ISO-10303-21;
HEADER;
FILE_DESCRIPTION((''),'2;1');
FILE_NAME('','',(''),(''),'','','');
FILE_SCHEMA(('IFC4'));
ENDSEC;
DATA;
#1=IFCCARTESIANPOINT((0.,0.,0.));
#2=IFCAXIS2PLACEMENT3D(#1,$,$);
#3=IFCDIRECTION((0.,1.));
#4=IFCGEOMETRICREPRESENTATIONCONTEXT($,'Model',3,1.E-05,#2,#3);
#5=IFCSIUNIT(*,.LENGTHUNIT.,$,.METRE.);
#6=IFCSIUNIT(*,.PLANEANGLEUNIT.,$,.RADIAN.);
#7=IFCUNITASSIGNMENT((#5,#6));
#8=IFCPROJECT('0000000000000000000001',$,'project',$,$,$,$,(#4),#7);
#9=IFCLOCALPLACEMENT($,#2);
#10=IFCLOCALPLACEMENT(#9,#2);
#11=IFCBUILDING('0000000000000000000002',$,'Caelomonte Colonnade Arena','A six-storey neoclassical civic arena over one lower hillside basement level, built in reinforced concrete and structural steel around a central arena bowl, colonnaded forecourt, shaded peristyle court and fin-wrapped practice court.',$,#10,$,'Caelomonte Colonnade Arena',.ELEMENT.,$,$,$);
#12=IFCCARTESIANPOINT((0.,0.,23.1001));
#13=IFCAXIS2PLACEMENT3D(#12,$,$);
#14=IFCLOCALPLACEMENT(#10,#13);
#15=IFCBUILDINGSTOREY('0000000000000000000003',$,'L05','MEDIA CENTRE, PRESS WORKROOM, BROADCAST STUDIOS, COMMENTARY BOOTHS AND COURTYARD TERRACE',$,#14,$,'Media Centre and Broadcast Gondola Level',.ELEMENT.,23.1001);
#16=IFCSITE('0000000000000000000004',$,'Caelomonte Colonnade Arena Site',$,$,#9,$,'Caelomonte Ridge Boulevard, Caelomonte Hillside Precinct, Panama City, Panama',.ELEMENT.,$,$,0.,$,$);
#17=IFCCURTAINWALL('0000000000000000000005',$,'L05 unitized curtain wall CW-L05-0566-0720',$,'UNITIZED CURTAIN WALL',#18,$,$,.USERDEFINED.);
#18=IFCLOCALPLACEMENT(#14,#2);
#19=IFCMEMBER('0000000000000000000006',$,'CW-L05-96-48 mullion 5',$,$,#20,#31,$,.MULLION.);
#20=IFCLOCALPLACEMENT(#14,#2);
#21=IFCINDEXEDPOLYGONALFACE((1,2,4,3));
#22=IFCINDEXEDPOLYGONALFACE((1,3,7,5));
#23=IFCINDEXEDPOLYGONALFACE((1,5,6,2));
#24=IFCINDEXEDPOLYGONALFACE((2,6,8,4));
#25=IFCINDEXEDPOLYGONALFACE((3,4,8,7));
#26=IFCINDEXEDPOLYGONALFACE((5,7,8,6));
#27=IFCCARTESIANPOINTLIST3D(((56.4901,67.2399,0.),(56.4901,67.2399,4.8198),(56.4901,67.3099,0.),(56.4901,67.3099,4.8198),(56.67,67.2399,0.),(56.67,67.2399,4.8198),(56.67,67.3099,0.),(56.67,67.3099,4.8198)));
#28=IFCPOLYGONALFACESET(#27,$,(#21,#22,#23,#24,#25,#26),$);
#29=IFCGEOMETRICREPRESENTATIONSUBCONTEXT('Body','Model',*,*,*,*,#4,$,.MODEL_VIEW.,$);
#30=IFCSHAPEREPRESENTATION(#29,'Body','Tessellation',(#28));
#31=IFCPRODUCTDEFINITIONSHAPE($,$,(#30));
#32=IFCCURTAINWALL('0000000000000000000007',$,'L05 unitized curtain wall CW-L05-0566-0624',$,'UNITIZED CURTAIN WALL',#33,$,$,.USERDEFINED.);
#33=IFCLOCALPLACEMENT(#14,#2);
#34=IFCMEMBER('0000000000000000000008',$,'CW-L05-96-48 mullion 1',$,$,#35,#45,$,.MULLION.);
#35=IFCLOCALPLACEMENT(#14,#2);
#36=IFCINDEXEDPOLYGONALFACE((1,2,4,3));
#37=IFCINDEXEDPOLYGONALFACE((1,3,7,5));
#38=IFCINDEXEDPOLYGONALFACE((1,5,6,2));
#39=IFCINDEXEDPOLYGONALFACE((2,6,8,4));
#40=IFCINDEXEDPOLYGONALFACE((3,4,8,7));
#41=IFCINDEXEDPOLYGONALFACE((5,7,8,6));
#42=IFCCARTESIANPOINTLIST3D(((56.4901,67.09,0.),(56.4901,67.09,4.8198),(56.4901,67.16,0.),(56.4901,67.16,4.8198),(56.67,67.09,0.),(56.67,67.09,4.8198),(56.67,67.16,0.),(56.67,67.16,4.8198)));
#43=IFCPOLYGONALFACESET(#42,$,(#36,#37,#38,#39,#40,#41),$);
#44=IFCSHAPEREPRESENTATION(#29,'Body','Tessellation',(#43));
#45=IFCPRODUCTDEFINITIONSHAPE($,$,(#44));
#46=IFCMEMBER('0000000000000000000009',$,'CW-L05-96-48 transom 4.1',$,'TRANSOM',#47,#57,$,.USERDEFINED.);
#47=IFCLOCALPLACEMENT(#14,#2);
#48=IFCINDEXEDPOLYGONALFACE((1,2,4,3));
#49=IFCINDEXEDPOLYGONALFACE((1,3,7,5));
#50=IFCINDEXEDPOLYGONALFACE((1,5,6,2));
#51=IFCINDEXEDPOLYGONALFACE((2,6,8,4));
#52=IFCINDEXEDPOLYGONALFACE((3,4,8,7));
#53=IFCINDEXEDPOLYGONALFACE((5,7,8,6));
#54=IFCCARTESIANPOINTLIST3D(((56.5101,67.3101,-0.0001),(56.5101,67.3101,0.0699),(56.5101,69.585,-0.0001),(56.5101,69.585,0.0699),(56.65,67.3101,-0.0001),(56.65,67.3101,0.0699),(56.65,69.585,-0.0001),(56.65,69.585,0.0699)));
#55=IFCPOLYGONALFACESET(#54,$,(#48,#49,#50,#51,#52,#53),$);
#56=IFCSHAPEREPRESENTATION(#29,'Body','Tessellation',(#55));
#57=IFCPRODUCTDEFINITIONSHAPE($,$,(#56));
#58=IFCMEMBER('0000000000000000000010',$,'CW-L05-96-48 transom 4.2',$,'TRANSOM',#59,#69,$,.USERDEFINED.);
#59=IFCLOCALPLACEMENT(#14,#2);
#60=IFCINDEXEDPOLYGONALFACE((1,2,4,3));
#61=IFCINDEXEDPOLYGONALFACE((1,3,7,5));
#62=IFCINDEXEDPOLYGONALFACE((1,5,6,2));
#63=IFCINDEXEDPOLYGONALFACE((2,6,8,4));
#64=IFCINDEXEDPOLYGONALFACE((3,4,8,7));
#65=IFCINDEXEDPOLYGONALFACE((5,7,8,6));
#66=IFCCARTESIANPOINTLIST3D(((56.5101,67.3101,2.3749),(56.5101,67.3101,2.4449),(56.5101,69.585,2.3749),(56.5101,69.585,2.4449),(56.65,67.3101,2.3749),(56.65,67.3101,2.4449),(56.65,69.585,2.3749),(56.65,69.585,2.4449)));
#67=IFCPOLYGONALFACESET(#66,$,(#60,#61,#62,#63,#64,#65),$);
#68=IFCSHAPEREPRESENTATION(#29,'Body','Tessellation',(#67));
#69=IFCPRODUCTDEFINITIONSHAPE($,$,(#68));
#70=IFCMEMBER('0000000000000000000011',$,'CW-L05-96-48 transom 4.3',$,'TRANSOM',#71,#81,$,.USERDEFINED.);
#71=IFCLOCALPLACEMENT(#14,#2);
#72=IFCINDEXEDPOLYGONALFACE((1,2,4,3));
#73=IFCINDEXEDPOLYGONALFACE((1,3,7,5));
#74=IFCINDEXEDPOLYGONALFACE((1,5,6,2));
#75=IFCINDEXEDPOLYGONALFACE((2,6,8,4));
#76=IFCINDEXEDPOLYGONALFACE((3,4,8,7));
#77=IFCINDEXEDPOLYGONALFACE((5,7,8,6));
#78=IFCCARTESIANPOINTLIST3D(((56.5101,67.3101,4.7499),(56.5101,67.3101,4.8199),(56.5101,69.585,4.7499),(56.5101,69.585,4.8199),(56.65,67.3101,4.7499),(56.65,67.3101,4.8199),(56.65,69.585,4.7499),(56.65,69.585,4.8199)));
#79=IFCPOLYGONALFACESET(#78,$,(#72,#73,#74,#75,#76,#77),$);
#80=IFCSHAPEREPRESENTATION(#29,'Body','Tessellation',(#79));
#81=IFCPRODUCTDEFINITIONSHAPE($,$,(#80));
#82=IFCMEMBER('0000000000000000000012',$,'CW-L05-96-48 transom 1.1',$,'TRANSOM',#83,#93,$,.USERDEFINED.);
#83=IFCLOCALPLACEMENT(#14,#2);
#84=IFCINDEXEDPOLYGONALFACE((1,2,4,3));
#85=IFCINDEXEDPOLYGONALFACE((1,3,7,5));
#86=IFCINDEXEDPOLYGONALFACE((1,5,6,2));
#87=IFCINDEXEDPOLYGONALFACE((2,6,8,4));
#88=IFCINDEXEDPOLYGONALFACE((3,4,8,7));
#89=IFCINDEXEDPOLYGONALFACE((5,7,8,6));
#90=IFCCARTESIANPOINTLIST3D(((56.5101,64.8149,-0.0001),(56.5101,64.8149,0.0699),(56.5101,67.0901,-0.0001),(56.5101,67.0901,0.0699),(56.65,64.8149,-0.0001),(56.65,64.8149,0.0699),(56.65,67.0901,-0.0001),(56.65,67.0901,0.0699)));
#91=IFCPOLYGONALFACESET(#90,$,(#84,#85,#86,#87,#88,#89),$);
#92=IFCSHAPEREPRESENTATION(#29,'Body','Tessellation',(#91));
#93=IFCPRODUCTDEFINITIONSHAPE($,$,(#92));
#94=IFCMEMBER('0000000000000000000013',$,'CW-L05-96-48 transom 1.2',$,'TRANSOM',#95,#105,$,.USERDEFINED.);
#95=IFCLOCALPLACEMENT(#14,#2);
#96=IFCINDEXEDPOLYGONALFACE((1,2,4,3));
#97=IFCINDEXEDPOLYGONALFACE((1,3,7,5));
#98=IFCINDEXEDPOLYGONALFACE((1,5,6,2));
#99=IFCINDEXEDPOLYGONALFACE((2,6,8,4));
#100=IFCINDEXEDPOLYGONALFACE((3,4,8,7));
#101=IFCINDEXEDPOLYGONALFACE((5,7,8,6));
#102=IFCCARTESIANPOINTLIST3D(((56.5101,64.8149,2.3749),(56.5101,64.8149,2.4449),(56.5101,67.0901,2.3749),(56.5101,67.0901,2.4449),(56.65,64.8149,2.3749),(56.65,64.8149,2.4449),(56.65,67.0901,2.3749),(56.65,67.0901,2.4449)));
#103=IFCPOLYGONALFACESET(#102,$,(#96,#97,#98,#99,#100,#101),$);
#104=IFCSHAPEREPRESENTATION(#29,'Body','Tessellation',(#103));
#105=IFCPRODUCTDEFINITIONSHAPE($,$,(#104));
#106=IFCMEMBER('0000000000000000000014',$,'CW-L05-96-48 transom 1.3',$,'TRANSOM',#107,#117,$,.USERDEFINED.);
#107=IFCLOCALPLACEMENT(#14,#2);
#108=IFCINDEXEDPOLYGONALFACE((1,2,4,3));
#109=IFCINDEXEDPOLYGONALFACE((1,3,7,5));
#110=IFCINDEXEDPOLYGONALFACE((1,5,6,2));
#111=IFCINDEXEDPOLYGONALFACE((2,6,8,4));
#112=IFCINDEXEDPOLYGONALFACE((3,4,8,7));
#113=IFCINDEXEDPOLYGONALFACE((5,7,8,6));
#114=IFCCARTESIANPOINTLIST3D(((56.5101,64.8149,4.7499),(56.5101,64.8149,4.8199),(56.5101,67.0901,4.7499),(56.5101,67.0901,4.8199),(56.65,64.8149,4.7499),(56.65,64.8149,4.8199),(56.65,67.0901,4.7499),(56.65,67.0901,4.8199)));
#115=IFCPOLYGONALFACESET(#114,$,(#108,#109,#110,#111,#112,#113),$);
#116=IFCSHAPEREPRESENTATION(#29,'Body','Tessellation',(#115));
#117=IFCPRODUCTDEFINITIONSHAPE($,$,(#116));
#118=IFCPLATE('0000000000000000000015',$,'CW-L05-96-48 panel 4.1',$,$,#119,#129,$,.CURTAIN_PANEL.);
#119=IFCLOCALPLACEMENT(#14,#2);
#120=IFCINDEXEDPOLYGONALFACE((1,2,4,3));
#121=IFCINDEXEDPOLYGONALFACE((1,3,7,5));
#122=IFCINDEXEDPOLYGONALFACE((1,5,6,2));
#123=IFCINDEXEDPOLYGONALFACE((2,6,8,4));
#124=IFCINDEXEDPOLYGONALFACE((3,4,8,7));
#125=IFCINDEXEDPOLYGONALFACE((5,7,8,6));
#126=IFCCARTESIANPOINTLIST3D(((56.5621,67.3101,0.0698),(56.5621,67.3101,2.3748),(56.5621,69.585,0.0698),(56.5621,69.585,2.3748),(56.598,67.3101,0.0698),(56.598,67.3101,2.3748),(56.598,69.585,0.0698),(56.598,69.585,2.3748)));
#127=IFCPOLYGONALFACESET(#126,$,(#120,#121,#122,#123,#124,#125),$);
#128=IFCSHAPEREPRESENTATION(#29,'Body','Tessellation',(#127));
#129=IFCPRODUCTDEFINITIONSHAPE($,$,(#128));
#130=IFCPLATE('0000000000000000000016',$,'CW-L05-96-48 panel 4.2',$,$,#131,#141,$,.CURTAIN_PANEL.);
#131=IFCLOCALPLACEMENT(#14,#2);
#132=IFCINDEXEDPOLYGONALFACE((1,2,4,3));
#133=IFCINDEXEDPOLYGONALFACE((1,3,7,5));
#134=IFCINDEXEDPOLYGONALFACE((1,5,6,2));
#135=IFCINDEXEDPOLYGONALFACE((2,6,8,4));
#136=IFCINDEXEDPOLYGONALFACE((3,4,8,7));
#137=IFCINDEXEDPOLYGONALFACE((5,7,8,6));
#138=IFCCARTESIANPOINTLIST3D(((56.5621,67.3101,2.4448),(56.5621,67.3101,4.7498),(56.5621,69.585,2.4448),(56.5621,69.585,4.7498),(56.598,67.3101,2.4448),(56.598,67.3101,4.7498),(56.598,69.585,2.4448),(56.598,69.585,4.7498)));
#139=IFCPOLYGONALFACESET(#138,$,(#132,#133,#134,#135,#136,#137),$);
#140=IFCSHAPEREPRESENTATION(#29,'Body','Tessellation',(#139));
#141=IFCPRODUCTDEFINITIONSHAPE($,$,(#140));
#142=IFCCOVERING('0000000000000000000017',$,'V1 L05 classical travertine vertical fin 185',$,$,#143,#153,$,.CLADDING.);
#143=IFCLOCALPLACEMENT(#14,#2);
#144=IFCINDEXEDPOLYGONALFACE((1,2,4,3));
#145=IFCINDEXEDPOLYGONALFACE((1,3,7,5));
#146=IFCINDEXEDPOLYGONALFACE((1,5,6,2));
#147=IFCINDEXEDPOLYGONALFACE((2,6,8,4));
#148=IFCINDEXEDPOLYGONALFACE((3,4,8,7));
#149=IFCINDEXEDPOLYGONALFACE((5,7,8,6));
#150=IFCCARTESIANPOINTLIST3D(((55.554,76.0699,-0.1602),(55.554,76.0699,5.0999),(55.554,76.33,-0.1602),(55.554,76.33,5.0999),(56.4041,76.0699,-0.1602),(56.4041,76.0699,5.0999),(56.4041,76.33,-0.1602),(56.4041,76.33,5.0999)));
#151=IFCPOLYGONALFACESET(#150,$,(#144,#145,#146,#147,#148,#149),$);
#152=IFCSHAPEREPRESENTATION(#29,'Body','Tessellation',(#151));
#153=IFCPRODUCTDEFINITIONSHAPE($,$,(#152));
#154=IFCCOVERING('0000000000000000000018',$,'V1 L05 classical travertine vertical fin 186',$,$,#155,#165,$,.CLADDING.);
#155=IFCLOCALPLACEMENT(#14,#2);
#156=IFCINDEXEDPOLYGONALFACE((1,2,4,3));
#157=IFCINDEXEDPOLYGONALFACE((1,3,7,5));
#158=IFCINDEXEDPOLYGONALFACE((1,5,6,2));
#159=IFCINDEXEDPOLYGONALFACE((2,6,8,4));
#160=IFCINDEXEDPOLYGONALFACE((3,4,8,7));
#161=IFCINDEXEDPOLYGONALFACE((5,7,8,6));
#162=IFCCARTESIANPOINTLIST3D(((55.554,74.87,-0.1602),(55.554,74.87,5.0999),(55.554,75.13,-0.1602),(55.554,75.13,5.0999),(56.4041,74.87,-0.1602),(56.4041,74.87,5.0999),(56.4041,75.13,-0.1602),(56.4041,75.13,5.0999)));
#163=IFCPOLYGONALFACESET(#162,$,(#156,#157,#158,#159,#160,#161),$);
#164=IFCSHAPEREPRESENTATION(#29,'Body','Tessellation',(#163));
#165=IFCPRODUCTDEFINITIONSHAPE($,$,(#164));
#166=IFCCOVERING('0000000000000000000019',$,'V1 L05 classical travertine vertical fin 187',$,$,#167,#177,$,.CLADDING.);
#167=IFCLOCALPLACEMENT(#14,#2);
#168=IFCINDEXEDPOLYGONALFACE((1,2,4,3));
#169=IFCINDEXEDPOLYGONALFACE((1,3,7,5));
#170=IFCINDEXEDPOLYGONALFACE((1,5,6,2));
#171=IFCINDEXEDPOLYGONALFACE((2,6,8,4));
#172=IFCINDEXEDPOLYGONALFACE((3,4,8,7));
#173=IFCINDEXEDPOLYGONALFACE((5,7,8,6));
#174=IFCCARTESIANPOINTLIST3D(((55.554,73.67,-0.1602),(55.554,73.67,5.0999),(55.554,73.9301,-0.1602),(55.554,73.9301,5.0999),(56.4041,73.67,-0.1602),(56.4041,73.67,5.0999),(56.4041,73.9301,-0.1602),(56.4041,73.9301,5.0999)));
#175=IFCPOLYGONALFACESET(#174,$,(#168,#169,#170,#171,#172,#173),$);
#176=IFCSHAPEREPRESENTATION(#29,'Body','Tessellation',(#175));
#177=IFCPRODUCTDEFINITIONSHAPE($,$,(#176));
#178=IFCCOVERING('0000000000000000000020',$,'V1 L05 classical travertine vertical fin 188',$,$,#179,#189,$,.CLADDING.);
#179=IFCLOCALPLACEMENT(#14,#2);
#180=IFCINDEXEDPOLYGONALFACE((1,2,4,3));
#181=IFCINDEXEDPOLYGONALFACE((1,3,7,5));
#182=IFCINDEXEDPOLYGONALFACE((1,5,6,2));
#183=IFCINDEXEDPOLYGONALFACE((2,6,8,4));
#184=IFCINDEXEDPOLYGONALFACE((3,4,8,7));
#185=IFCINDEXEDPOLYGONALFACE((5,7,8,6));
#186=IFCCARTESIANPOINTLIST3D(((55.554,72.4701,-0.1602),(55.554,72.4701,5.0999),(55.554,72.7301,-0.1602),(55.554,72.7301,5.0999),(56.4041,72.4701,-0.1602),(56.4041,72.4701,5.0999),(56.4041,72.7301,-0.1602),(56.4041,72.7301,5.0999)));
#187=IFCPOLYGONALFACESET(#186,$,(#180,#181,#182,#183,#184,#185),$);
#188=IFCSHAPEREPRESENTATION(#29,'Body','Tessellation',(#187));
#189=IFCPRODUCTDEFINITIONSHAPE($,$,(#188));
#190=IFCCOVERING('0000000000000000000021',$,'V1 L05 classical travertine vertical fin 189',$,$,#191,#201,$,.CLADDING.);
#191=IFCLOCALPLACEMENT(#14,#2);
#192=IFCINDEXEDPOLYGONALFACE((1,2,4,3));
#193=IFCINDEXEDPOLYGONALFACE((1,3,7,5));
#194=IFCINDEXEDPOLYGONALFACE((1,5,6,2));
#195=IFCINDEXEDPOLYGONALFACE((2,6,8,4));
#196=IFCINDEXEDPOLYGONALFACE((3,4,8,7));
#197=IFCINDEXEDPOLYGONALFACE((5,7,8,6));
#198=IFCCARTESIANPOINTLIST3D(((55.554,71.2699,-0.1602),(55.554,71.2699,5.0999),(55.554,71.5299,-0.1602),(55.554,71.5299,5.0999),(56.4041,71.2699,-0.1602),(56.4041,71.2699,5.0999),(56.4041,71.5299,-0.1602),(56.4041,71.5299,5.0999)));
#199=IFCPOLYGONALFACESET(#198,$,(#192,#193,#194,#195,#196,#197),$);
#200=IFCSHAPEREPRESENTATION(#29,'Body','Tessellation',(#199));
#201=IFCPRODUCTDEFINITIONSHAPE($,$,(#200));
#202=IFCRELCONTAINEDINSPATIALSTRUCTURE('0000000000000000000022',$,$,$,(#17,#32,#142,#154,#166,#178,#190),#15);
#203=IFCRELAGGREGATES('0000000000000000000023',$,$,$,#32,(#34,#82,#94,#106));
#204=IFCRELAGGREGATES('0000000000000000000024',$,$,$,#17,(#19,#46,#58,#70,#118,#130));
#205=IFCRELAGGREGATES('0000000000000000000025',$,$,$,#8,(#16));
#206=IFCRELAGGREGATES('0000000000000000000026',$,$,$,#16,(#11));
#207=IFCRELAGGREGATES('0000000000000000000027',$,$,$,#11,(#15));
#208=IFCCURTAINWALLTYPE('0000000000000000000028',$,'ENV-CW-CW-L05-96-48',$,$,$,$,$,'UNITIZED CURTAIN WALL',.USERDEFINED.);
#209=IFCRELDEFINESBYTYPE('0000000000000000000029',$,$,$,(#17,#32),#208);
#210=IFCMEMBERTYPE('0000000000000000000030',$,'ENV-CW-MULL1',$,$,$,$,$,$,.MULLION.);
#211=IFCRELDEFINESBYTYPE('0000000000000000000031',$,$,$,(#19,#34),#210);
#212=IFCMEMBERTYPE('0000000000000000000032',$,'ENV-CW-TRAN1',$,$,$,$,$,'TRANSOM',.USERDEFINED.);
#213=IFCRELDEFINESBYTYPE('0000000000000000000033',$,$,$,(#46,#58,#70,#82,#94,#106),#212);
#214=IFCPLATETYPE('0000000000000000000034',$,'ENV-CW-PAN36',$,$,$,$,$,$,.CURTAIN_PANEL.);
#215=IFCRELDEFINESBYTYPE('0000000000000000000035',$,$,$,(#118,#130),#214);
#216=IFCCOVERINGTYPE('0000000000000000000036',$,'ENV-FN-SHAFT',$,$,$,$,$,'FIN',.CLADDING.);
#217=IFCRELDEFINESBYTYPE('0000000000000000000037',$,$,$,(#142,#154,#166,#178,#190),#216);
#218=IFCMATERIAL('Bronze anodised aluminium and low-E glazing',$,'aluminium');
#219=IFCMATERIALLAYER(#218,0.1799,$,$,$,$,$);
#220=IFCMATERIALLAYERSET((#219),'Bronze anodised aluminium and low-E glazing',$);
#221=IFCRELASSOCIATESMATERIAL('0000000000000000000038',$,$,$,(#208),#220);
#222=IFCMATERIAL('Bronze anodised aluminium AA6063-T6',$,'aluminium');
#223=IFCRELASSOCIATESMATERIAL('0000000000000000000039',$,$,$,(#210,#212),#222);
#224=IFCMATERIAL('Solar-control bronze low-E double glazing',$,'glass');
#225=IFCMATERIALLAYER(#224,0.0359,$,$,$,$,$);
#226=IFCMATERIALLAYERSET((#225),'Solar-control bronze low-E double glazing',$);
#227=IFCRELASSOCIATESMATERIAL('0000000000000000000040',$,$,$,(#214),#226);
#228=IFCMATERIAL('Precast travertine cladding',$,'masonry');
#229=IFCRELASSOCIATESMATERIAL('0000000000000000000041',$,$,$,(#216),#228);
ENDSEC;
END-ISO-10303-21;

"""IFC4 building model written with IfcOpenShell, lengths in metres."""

from ifc_helpers import new_model, si_unit, direction, frame, origin, origin_2d, place, context, subcontext, project, spatial, rectangle, extrude, material, layer, layer_set, material_profile, profile_set, type_object, element, aggregate, save


model = new_model("IFC4")

# Units and contexts
model_context = context("Model", 3, precision=1e-05, world=origin(), true_north=direction((0.0, 1.0)))
body_context = subcontext(model_context, "Body", "Model", "MODEL_VIEW")
ifc_project = project(units=[si_unit("LENGTHUNIT", "METRE"), si_unit("PLANEANGLEUNIT", "RADIAN")], contexts=[model_context])

# Site, building, storey
site_placement = place(None, origin())
site = spatial("IfcSite", under=ifc_project, at=site_placement, Name="Caelomonte Colonnade Arena Site", LongName="Caelomonte Ridge Boulevard, Caelomonte Hillside Precinct, Panama City, Panama", CompositionType="ELEMENT", RefElevation=0.0)
building_placement = place(site_placement, origin())
building = spatial("IfcBuilding", under=site, at=building_placement, Name="Caelomonte Colonnade Arena", Description="A six-storey neoclassical civic arena over one lower hillside basement level, built in reinforced concrete and structural steel around a central arena bowl, colonnaded forecourt, shaded peristyle court and fin-wrapped practice court.", LongName="Caelomonte Colonnade Arena", CompositionType="ELEMENT")
storey_placement = place(building_placement, frame((0.0, 0.0, 23.1001)))
storey = spatial("IfcBuildingStorey", under=building, at=storey_placement, Name="L05", Description="MEDIA CENTRE, PRESS WORKROOM, BROADCAST STUDIOS, COMMENTARY BOOTHS AND COURTYARD TERRACE", LongName="Media Centre and Broadcast Gondola Level", CompositionType="ELEMENT", Elevation=23.1001)

# Curtain walls, members
ifc_material_1 = material(Name="Bronze anodised aluminium and low-E glazing", Category="aluminium")
ifc_layer_1 = layer(ifc_material_1, 0.1799)
ifc_layer_set_1 = layer_set([ifc_layer_1], Name="Bronze anodised aluminium and low-E glazing")
curtain_wall_type = type_object("IfcCurtainWallType", Name="ENV-CW-CW-L05-96-48", ElementType="UNITIZED CURTAIN WALL", PredefinedType="USERDEFINED", material=ifc_layer_set_1)
curtain_wall_1_placement = place(storey_placement, origin())
curtain_wall_1 = element("IfcCurtainWall", 1, at=curtain_wall_1_placement, inside=storey, type_object=curtain_wall_type, Name="L05 unitized curtain wall CW-L05-0566-0720", ObjectType="UNITIZED CURTAIN WALL", PredefinedType="USERDEFINED")
ifc_material_2 = material(Name="Bronze anodised aluminium AA6063-T6", Category="aluminium")
ifc_material_profile_1 = material_profile(ifc_material_2, rectangle(XDim=0.0701, YDim=0.1799, at=origin_2d()), Name="CWM-70X180")
ifc_profile_set_1 = profile_set([ifc_material_profile_1], Name="Bronze anodised aluminium AA6063-T6")
member_type_1 = type_object("IfcMemberType", Name="ENV-CW-MULL1", PredefinedType="MULLION", material=ifc_profile_set_1)
member_1_placement = place(storey_placement, frame((56.5801, 67.2749, 0.0), z_axis=(0.0, 0.0, 1.0), x_axis=(0.0, -1.0, 0.0)))
member_1 = element("IfcMember", 2, at=member_1_placement, type_object=member_type_1, Name="CW-L05-96-48 mullion 5", PredefinedType="MULLION", context=body_context, shape_type="SweptSolid", body=[
    extrude(rectangle(XDim=0.0701, YDim=0.1799, at=origin_2d()), origin(), (0.0, 0.0, 1.0), 4.8198),
])
curtain_wall_2_placement = place(storey_placement, origin())
curtain_wall_2 = element("IfcCurtainWall", 3, at=curtain_wall_2_placement, inside=storey, type_object=curtain_wall_type, Name="L05 unitized curtain wall CW-L05-0566-0624", ObjectType="UNITIZED CURTAIN WALL", PredefinedType="USERDEFINED")
member_2_placement = place(storey_placement, frame((56.5801, 67.125, 0.0), z_axis=(0.0, 0.0, 1.0), x_axis=(0.0, -1.0, 0.0)))
member_2 = element("IfcMember", 4, at=member_2_placement, type_object=member_type_1, Name="CW-L05-96-48 mullion 1", PredefinedType="MULLION", context=body_context, shape_type="SweptSolid", body=[
    extrude(rectangle(XDim=0.0701, YDim=0.1799, at=origin_2d()), origin(), (0.0, 0.0, 1.0), 4.8198),
])

# Members
ifc_material_profile_2 = material_profile(ifc_material_2, rectangle(XDim=0.0701, YDim=0.1399, at=origin_2d()), Name="CWT-70X140")
ifc_profile_set_2 = profile_set([ifc_material_profile_2], Name="Bronze anodised aluminium AA6063-T6")
member_type_2 = type_object("IfcMemberType", Name="ENV-CW-TRAN1", ElementType="TRANSOM", PredefinedType="USERDEFINED", material=ifc_profile_set_2)
member_3_placement = place(storey_placement, frame((56.5801, 69.585, 0.0349), z_axis=(0.0, -1.0, 0.0), x_axis=(0.0, 0.0, 1.0)))
member_3 = element("IfcMember", 5, at=member_3_placement, type_object=member_type_2, Name="CW-L05-96-48 transom 4.1", ObjectType="TRANSOM", PredefinedType="USERDEFINED", context=body_context, shape_type="SweptSolid", body=[
    extrude(rectangle(XDim=0.0701, YDim=0.1399, at=origin_2d()), origin(), (0.0, 0.0, 1.0), 2.2749),
])
member_4_placement = place(storey_placement, frame((56.5801, 69.585, 2.4099), z_axis=(0.0, -1.0, 0.0), x_axis=(0.0, 0.0, 1.0)))
member_4 = element("IfcMember", 6, at=member_4_placement, type_object=member_type_2, Name="CW-L05-96-48 transom 4.2", ObjectType="TRANSOM", PredefinedType="USERDEFINED", context=body_context, shape_type="SweptSolid", body=[
    extrude(rectangle(XDim=0.0701, YDim=0.1399, at=origin_2d()), origin(), (0.0, 0.0, 1.0), 2.2749),
])
member_5_placement = place(storey_placement, frame((56.5801, 69.585, 4.7849), z_axis=(0.0, -1.0, 0.0), x_axis=(0.0, 0.0, 1.0)))
member_5 = element("IfcMember", 7, at=member_5_placement, type_object=member_type_2, Name="CW-L05-96-48 transom 4.3", ObjectType="TRANSOM", PredefinedType="USERDEFINED", context=body_context, shape_type="SweptSolid", body=[
    extrude(rectangle(XDim=0.0701, YDim=0.1399, at=origin_2d()), origin(), (0.0, 0.0, 1.0), 2.2749),
])
member_6_placement = place(storey_placement, frame((56.5801, 67.0901, 0.0349), z_axis=(0.0, -1.0, 0.0), x_axis=(0.0, 0.0, 1.0)))
member_6 = element("IfcMember", 8, at=member_6_placement, type_object=member_type_2, Name="CW-L05-96-48 transom 1.1", ObjectType="TRANSOM", PredefinedType="USERDEFINED", context=body_context, shape_type="SweptSolid", body=[
    extrude(rectangle(XDim=0.0701, YDim=0.1399, at=origin_2d()), origin(), (0.0, 0.0, 1.0), 2.2751),
])
member_7_placement = place(storey_placement, frame((56.5801, 67.0901, 2.4099), z_axis=(0.0, -1.0, 0.0), x_axis=(0.0, 0.0, 1.0)))
member_7 = element("IfcMember", 9, at=member_7_placement, type_object=member_type_2, Name="CW-L05-96-48 transom 1.2", ObjectType="TRANSOM", PredefinedType="USERDEFINED", context=body_context, shape_type="SweptSolid", body=[
    extrude(rectangle(XDim=0.0701, YDim=0.1399, at=origin_2d()), origin(), (0.0, 0.0, 1.0), 2.2751),
])
member_8_placement = place(storey_placement, frame((56.5801, 67.0901, 4.7849), z_axis=(0.0, -1.0, 0.0), x_axis=(0.0, 0.0, 1.0)))
member_8 = element("IfcMember", 10, at=member_8_placement, type_object=member_type_2, Name="CW-L05-96-48 transom 1.3", ObjectType="TRANSOM", PredefinedType="USERDEFINED", context=body_context, shape_type="SweptSolid", body=[
    extrude(rectangle(XDim=0.0701, YDim=0.1399, at=origin_2d()), origin(), (0.0, 0.0, 1.0), 2.2751),
])
aggregate(curtain_wall_2, [member_2, member_6, member_7, member_8])

# Plates
ifc_material_3 = material(Name="Solar-control bronze low-E double glazing", Category="glass")
ifc_layer_2 = layer(ifc_material_3, 0.0359)
ifc_layer_set_2 = layer_set([ifc_layer_2], Name="Solar-control bronze low-E double glazing")
plate_type = type_object("IfcPlateType", Name="ENV-CW-PAN36", PredefinedType="CURTAIN_PANEL", material=ifc_layer_set_2)
plate_1_placement = place(storey_placement, frame((56.5801, 68.4475, 0.0698), z_axis=(0.0, 0.0, 1.0), x_axis=(0.0, -1.0, 0.0)))
plate_1 = element("IfcPlate", 11, at=plate_1_placement, type_object=plate_type, Name="CW-L05-96-48 panel 4.1", PredefinedType="CURTAIN_PANEL", context=body_context, shape_type="SweptSolid", body=[
    extrude(rectangle(XDim=2.2749, YDim=0.0359, at=origin_2d()), origin(), (0.0, 0.0, 1.0), 2.3049),
])
plate_2_placement = place(storey_placement, frame((56.5801, 68.4475, 2.4448), z_axis=(0.0, 0.0, 1.0), x_axis=(0.0, -1.0, 0.0)))
plate_2 = element("IfcPlate", 12, at=plate_2_placement, type_object=plate_type, Name="CW-L05-96-48 panel 4.2", PredefinedType="CURTAIN_PANEL", context=body_context, shape_type="SweptSolid", body=[
    extrude(rectangle(XDim=2.2749, YDim=0.0359, at=origin_2d()), origin(), (0.0, 0.0, 1.0), 2.3049),
])
aggregate(curtain_wall_1, [member_1, member_3, member_4, member_5, plate_1, plate_2])

# Coverings
ifc_material_4 = material(Name="Precast travertine cladding", Category="masonry")
ifc_material_profile_3 = material_profile(ifc_material_4, rectangle(XDim=0.26, YDim=0.8501, at=origin_2d()), Name="FIN260X850")
ifc_profile_set_3 = profile_set([ifc_material_profile_3], Name="Precast travertine cladding")
covering_type = type_object("IfcCoveringType", Name="ENV-FN-SHAFT", ElementType="FIN", PredefinedType="CLADDING", material=ifc_profile_set_3)
for number, where, z_axis, x_axis, name in (
    (13, (55.979, 76.2, -0.1602), (0.0, 0.0, 1.0), (0.0, 1.0, 0.0), "V1 L05 classical travertine vertical fin 185"),
    (14, (55.979, 75.0, -0.1602), (0.0, 0.0, 1.0), (0.0, 1.0, 0.0), "V1 L05 classical travertine vertical fin 186"),
    (15, (55.979, 73.8, -0.1602), (0.0, 0.0, 1.0), (0.0, 1.0, 0.0), "V1 L05 classical travertine vertical fin 187"),
    (16, (55.979, 72.6001, -0.1602), (0.0, 0.0, 1.0), (0.0, 1.0, 0.0), "V1 L05 classical travertine vertical fin 188"),
    (17, (55.979, 71.3999, -0.1602), (0.0, 0.0, 1.0), (0.0, 1.0, 0.0), "V1 L05 classical travertine vertical fin 189"),
):
    element("IfcCovering", number, at=place(storey_placement, frame(where, z_axis=z_axis, x_axis=x_axis)), inside=storey, type_object=covering_type, Name=name, PredefinedType="CLADDING", context=body_context, shape_type="SweptSolid", body=[
        extrude(rectangle(XDim=0.26, YDim=0.8501, at=origin_2d()), origin(), (0.0, 0.0, 1.0), 5.26),
    ])

save(model, "model.ifc")
